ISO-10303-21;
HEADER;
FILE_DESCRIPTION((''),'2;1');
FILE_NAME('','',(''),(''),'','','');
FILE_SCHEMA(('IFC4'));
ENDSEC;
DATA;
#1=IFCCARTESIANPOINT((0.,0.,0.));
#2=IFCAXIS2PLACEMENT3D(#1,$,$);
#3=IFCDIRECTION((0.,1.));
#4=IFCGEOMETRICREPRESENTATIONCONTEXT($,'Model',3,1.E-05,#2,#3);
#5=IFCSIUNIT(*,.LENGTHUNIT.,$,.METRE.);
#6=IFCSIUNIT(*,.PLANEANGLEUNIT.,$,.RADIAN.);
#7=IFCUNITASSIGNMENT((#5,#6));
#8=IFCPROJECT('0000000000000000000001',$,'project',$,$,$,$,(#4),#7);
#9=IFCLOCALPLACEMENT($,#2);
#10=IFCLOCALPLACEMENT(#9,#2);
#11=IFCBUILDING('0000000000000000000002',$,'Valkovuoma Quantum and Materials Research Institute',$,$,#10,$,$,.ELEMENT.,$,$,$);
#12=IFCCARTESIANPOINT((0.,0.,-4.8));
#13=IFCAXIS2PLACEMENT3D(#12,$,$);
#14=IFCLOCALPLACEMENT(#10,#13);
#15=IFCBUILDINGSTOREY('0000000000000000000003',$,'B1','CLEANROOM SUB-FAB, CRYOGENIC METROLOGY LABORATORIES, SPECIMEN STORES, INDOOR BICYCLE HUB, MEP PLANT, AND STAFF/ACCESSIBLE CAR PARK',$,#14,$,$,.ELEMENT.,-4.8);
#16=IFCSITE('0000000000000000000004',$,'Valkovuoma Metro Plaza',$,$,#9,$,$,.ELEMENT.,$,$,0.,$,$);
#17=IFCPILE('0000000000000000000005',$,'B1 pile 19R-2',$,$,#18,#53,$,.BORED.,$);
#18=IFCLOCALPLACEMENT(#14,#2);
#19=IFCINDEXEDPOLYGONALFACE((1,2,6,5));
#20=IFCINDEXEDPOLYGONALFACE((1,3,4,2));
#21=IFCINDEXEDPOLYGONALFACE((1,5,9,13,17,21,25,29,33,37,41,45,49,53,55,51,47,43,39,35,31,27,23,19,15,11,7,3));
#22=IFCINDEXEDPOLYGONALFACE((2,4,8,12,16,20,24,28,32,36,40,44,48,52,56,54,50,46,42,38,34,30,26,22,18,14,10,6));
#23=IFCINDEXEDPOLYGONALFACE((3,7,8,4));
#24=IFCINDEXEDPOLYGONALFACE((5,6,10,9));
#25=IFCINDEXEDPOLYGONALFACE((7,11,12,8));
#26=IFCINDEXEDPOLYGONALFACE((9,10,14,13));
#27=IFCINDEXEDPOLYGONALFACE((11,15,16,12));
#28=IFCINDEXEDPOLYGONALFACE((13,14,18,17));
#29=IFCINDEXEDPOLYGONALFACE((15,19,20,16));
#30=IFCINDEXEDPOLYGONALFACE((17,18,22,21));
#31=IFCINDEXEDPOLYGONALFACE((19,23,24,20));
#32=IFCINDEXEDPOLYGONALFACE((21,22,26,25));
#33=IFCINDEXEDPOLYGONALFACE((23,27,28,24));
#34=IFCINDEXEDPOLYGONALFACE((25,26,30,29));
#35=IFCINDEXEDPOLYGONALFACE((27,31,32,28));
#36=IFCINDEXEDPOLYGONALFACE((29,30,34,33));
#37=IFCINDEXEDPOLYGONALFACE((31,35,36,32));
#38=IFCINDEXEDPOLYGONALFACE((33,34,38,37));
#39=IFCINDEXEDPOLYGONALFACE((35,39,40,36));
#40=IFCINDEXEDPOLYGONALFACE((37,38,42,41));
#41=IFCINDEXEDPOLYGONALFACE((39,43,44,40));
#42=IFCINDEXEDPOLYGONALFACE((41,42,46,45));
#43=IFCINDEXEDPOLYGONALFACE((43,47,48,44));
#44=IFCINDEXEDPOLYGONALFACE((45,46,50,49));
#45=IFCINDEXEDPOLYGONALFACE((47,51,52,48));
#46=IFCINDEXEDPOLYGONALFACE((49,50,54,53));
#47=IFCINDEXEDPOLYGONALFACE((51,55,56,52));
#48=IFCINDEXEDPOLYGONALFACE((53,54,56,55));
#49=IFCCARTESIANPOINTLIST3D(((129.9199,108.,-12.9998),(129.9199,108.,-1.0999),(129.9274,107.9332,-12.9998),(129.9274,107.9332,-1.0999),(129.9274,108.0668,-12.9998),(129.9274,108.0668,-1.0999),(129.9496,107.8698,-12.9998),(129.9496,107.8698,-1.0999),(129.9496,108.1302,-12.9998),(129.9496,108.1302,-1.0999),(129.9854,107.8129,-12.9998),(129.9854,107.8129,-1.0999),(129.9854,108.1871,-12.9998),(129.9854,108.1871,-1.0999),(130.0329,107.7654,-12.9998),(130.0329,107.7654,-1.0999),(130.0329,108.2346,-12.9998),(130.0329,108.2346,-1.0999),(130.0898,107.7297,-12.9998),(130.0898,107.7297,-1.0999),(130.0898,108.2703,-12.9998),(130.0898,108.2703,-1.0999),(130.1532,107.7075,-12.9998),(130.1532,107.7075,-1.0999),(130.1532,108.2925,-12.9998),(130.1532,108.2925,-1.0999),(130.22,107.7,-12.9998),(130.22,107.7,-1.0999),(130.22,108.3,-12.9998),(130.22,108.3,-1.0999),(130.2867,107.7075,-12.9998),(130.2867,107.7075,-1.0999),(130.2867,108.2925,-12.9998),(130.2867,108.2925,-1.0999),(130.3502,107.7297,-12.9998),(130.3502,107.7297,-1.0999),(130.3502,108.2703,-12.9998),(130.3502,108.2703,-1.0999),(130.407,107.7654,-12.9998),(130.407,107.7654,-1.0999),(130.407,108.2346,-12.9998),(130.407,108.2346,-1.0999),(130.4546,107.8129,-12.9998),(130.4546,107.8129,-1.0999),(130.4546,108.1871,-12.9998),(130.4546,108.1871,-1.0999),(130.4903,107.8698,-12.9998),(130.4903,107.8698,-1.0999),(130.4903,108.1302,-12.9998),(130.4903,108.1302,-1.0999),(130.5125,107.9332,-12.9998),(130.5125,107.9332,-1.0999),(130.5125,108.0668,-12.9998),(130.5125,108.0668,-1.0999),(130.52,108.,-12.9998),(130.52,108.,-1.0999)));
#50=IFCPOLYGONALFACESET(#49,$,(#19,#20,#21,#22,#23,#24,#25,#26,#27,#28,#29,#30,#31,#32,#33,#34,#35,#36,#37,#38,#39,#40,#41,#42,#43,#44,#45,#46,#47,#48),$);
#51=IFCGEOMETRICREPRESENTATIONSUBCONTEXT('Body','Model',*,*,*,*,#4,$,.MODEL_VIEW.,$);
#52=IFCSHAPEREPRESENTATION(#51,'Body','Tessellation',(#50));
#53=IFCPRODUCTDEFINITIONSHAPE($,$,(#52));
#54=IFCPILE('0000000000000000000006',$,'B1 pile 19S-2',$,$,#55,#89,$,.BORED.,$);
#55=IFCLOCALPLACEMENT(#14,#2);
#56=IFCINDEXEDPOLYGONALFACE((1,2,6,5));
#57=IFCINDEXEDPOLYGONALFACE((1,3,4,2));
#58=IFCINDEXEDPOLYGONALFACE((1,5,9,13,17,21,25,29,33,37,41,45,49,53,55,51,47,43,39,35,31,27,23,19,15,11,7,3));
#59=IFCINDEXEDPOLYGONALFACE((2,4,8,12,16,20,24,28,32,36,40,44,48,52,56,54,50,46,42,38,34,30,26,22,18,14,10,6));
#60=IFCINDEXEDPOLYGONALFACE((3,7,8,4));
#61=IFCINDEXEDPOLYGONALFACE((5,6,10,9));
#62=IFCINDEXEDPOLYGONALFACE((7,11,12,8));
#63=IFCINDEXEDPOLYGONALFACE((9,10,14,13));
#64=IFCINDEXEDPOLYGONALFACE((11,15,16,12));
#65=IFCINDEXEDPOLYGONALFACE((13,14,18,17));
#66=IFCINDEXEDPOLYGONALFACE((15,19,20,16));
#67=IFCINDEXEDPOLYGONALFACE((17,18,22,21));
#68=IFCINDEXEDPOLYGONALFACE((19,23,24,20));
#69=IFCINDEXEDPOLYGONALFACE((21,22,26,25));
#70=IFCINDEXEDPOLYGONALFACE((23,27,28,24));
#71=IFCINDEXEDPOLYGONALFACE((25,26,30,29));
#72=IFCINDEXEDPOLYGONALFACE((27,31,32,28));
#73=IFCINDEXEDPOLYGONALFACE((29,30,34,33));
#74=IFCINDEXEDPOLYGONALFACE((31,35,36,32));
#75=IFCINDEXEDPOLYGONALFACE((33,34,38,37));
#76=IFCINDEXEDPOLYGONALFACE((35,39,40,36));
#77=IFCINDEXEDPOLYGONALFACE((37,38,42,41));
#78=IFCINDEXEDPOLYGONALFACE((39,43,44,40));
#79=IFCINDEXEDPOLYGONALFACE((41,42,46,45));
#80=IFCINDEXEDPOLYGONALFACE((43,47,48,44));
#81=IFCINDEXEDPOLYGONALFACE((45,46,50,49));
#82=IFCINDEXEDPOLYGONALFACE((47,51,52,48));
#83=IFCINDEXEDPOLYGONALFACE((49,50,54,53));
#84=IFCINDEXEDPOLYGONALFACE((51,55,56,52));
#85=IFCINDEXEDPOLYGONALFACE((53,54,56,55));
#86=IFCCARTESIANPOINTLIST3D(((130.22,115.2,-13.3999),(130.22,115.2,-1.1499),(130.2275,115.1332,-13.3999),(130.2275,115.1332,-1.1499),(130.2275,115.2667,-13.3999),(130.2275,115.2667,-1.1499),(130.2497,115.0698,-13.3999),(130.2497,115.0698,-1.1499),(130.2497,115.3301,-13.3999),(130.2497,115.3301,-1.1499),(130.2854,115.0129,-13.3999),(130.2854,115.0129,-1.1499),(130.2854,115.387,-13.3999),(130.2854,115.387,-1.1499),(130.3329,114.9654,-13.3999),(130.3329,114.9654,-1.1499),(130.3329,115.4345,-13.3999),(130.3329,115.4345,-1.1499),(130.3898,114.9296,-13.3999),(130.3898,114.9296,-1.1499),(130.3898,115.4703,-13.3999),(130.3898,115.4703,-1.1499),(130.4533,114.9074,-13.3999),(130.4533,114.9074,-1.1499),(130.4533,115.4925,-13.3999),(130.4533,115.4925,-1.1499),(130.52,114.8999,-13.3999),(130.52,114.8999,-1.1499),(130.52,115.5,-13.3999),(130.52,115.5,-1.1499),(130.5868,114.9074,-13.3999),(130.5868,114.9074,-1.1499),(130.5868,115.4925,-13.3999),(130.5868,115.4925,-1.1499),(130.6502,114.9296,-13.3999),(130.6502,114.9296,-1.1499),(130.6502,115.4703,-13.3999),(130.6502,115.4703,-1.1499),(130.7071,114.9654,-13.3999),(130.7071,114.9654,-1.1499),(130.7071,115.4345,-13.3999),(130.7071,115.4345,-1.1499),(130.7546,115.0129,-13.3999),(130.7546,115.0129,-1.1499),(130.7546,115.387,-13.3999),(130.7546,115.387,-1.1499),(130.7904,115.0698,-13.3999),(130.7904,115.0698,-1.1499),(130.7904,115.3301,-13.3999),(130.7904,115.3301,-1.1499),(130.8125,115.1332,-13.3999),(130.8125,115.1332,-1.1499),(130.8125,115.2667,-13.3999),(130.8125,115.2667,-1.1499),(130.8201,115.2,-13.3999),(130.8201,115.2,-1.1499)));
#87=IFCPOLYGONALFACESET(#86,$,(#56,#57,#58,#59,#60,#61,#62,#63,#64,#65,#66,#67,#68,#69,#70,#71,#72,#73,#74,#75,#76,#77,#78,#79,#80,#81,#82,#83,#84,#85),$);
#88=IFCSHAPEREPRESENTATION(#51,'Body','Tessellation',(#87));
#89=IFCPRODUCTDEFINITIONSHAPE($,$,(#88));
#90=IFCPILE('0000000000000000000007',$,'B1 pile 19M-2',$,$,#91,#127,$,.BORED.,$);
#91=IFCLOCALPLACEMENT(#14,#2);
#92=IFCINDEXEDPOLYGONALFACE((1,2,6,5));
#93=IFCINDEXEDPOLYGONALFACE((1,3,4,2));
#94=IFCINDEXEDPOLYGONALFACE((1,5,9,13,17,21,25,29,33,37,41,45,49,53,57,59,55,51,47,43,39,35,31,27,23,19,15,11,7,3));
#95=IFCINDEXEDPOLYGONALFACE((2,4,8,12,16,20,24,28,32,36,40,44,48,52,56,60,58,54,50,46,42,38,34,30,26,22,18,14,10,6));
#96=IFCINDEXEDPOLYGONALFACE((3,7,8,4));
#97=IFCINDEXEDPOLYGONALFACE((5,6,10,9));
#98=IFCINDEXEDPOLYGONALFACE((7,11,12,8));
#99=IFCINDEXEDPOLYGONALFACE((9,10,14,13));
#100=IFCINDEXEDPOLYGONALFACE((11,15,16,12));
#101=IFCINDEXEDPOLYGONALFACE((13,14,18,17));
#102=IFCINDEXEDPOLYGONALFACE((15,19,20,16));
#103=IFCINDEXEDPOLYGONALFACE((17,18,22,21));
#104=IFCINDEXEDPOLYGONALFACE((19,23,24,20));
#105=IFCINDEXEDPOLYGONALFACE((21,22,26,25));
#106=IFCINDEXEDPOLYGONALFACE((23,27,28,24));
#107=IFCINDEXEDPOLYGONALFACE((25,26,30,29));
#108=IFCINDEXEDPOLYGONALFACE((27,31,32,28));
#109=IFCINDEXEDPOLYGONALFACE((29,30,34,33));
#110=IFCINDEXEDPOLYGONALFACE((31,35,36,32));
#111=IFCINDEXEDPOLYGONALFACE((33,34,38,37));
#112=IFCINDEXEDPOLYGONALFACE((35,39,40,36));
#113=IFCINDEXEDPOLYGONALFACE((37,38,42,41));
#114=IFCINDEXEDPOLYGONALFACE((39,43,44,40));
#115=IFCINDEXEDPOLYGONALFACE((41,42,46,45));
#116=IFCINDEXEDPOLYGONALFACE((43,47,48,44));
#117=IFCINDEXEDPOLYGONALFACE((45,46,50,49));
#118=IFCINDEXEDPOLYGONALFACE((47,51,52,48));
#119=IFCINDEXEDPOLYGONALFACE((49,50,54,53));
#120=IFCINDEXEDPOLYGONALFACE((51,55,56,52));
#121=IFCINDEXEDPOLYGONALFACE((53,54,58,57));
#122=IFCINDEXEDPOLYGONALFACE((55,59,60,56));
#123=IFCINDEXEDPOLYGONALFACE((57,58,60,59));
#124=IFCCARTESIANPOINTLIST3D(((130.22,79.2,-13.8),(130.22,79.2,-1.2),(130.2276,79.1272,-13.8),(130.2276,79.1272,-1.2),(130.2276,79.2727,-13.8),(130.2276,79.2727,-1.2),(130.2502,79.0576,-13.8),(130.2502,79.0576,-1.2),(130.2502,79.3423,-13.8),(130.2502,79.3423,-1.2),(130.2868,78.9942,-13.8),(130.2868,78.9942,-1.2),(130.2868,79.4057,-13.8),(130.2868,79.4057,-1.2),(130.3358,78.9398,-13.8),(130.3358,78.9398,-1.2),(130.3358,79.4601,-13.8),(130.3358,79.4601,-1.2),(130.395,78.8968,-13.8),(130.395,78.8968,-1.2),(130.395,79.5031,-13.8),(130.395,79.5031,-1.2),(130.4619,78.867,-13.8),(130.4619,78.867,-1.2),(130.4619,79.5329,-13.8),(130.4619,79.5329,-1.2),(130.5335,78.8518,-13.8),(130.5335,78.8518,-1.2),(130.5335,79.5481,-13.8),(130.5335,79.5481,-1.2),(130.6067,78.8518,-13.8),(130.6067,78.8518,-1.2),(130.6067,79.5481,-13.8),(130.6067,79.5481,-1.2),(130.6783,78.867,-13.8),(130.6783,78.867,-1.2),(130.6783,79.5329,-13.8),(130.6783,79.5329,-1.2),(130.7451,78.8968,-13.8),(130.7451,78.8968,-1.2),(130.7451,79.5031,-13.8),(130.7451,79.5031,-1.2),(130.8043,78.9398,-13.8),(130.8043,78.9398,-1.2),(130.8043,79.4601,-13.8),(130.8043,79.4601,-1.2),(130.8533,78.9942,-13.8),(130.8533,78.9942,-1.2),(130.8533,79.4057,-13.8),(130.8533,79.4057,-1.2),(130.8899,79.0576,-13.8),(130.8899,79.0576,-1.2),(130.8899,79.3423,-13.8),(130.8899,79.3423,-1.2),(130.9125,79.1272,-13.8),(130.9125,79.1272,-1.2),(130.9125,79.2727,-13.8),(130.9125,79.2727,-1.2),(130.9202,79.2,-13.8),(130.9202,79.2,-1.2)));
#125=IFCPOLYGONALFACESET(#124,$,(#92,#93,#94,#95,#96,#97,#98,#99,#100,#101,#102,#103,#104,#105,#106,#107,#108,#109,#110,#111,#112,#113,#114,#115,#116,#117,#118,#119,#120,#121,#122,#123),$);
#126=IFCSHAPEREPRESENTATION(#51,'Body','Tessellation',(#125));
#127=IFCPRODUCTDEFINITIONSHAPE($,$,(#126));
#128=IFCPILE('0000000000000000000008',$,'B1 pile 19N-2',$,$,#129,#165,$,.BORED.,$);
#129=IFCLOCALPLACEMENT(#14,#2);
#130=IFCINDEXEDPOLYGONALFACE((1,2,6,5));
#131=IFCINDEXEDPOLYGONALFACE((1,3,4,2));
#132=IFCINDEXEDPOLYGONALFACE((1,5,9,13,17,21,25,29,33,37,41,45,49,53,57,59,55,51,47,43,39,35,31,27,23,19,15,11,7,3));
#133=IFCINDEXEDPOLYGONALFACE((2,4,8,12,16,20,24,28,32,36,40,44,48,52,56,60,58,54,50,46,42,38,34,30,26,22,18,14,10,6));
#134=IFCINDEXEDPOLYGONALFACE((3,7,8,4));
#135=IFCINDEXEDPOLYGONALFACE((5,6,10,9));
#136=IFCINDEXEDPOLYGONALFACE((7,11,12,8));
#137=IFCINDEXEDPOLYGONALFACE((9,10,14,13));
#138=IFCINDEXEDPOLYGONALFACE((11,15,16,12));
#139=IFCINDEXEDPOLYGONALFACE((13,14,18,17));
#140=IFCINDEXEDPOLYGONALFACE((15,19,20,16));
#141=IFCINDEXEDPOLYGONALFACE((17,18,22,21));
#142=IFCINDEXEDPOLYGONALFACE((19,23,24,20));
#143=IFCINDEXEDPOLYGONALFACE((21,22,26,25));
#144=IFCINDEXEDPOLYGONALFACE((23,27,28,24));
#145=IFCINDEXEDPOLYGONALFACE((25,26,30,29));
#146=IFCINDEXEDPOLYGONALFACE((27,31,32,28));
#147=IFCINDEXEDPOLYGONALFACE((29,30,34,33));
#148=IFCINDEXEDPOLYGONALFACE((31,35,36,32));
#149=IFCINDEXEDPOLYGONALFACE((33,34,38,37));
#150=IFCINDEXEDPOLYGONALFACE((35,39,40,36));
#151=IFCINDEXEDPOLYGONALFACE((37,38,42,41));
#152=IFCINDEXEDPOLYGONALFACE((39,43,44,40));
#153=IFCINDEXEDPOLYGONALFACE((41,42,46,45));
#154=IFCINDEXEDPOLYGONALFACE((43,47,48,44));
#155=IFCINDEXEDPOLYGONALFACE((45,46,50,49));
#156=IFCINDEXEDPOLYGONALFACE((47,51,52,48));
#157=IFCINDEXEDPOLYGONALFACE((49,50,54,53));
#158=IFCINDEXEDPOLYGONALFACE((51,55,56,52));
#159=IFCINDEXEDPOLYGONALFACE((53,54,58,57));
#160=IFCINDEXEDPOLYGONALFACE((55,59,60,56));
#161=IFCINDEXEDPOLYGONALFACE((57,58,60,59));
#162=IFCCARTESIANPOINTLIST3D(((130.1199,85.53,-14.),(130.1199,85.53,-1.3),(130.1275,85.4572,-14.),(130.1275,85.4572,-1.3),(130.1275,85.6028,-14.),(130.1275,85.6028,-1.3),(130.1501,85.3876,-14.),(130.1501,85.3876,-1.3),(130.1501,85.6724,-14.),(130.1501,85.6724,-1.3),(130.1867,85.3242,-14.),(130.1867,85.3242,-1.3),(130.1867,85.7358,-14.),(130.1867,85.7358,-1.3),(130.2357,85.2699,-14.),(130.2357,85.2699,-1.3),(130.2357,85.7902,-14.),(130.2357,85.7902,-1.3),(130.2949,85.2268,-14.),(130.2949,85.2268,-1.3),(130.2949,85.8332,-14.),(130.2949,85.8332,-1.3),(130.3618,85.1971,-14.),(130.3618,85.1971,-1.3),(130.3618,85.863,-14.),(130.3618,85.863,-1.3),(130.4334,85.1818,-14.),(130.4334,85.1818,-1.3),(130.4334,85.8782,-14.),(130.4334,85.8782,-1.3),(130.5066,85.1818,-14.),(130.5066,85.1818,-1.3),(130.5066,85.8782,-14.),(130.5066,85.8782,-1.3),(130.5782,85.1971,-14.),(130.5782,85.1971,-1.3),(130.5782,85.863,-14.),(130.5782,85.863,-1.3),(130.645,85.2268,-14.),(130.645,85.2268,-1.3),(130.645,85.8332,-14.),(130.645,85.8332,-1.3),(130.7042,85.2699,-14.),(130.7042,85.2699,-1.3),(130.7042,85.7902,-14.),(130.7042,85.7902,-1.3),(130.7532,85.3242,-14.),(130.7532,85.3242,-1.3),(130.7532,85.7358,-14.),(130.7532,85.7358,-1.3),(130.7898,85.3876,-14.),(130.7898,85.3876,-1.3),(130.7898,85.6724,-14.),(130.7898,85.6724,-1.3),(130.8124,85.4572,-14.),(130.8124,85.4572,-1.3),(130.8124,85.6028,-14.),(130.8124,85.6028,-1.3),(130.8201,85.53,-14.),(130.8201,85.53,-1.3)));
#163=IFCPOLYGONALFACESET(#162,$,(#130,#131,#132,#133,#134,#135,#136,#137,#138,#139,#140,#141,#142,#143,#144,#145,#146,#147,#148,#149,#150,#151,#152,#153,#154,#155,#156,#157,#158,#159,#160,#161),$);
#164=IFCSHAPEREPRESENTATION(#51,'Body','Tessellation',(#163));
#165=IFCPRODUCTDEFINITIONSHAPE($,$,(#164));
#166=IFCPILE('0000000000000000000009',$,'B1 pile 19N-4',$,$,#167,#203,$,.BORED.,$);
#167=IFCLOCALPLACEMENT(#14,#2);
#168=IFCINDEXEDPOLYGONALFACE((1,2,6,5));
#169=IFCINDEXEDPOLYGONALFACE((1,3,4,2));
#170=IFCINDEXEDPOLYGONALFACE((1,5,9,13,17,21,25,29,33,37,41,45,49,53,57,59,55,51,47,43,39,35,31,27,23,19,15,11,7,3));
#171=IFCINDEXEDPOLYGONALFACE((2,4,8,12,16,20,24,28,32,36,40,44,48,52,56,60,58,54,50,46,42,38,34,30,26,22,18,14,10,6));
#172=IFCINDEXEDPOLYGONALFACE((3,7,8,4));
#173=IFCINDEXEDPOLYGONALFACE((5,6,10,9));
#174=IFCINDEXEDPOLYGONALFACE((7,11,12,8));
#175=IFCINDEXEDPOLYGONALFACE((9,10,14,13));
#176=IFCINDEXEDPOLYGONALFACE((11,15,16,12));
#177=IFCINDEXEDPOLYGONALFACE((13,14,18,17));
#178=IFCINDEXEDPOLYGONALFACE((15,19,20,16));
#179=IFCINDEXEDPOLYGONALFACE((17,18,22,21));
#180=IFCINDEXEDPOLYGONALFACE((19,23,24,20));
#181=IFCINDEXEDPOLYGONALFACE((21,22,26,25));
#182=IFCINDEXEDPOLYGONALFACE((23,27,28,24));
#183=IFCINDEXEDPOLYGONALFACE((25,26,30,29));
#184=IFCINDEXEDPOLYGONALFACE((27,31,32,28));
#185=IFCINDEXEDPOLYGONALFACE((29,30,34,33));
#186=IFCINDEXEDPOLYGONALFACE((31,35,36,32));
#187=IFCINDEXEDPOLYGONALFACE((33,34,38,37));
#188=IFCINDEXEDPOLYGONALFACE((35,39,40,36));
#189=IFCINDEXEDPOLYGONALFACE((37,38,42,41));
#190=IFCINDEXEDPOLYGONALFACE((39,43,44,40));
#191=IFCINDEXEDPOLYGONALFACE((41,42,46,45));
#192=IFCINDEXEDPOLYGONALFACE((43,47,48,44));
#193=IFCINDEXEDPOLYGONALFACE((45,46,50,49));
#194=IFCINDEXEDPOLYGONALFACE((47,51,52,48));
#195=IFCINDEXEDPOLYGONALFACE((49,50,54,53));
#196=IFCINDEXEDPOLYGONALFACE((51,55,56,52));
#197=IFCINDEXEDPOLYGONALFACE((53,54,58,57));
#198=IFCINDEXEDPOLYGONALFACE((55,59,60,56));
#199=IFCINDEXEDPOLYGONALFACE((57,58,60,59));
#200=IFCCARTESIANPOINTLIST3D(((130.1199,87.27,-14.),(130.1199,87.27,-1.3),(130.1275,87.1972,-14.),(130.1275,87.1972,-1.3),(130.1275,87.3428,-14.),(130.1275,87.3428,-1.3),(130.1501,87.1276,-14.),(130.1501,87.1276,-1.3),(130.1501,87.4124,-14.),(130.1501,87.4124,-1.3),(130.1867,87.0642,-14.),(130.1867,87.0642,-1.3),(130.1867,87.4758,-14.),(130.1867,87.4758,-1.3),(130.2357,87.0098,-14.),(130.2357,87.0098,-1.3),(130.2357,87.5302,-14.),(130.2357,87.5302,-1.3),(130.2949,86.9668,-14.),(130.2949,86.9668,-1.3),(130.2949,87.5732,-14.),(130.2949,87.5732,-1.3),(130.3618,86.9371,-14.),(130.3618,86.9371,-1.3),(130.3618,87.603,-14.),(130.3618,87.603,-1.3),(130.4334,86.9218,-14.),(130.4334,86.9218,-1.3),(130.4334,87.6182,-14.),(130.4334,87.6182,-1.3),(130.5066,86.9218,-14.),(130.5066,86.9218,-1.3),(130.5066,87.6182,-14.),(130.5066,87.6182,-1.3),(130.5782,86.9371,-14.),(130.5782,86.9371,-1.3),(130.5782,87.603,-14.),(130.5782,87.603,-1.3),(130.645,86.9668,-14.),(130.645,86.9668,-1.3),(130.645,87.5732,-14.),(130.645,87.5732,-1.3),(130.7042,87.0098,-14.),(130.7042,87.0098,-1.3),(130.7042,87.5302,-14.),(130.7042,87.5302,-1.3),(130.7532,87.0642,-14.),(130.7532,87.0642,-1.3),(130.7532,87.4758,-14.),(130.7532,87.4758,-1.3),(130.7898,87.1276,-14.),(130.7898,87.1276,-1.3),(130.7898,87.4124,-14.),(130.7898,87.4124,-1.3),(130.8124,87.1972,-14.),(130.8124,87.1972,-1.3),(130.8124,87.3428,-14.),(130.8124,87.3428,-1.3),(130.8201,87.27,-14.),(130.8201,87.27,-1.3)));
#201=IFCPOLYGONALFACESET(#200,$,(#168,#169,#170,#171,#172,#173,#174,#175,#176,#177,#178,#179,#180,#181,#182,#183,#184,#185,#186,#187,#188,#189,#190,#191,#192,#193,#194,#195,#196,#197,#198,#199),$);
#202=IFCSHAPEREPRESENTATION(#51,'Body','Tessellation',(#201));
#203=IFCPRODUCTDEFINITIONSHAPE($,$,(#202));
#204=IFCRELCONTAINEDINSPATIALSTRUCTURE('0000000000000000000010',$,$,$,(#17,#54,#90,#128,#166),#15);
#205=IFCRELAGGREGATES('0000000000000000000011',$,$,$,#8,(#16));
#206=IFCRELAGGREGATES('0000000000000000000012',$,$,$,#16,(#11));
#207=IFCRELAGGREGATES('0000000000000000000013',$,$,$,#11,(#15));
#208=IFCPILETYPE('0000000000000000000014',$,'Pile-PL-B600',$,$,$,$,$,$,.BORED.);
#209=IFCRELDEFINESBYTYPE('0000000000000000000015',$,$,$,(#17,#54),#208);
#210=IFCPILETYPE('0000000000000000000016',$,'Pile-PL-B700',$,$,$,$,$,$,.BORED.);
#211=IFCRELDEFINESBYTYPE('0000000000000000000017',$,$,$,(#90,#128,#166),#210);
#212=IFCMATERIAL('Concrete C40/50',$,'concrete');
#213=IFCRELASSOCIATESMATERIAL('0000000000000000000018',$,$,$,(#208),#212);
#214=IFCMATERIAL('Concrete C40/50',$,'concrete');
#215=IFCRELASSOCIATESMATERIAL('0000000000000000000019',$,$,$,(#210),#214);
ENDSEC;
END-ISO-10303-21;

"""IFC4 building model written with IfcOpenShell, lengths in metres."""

from ifc_helpers import new_model, si_unit, direction, frame, origin, origin_2d, place, context, subcontext, project, spatial, circle, extrude, material, material_profile, profile_set, type_object, element, save


model = new_model("IFC4")

# Units and contexts
model_context = context("Model", 3, precision=1e-05, world=origin(), true_north=direction((0.0, 1.0)))
body_context = subcontext(model_context, "Body", "Model", "MODEL_VIEW")
ifc_project = project(units=[si_unit("LENGTHUNIT", "METRE"), si_unit("PLANEANGLEUNIT", "RADIAN")], contexts=[model_context])

# Site, building, storey
site_placement = place(None, origin())
site = spatial("IfcSite", under=ifc_project, at=site_placement, Name="Valkovuoma Metro Plaza", CompositionType="ELEMENT", RefElevation=0.0)
building_placement = place(site_placement, origin())
building = spatial("IfcBuilding", under=site, at=building_placement, Name="Valkovuoma Quantum and Materials Research Institute", CompositionType="ELEMENT")
storey_placement = place(building_placement, frame((0.0, 0.0, -4.8)))
storey = spatial("IfcBuildingStorey", under=building, at=storey_placement, Name="B1", Description="CLEANROOM SUB-FAB, CRYOGENIC METROLOGY LABORATORIES, SPECIMEN STORES, INDOOR BICYCLE HUB, MEP PLANT, AND STAFF/ACCESSIBLE CAR PARK", CompositionType="ELEMENT", Elevation=-4.8)

# Piles
ifc_material_1 = material(Name="Concrete C40/50", Category="concrete")
ifc_material_profile_1 = material_profile(ifc_material_1, circle(Radius=0.3, at=origin_2d()), Name="Concrete C40/50")
ifc_profile_set_1 = profile_set([ifc_material_profile_1], Name="Concrete C40/50")
pile_type_1 = type_object("IfcPileType", Name="Pile-PL-B600", PredefinedType="BORED", material=ifc_profile_set_1)
pile_1_placement = place(storey_placement, frame((130.22, 108.0, -1.0999), z_axis=(0.0, 0.0, -1.0), x_axis=(1.0, 0.0, 0.0)))
element("IfcPile", 1, at=pile_1_placement, inside=storey, type_object=pile_type_1, Name="B1 pile 19R-2", PredefinedType="BORED", context=body_context, shape_type="SweptSolid", body=[
    extrude(circle(Radius=0.3, at=origin_2d()), origin(), (0.0, 0.0, 1.0), 11.8999),
])
pile_2_placement = place(storey_placement, frame((130.52, 115.2, -1.1499), z_axis=(0.0, 0.0, -1.0), x_axis=(1.0, 0.0, 0.0)))
element("IfcPile", 2, at=pile_2_placement, inside=storey, type_object=pile_type_1, Name="B1 pile 19S-2", PredefinedType="BORED", context=body_context, shape_type="SweptSolid", body=[
    extrude(circle(Radius=0.3, at=origin_2d()), origin(), (0.0, 0.0, 1.0), 12.25),
])
ifc_material_2 = material(Name="Concrete C40/50", Category="concrete")
ifc_material_profile_2 = material_profile(ifc_material_2, circle(Radius=0.3501, at=origin_2d()), Name="Concrete C40/50")
ifc_profile_set_2 = profile_set([ifc_material_profile_2], Name="Concrete C40/50")
pile_type_2 = type_object("IfcPileType", Name="Pile-PL-B700", PredefinedType="BORED", material=ifc_profile_set_2)
pile_3_placement = place(storey_placement, frame((130.5701, 79.2, -1.2), z_axis=(0.0, 0.0, -1.0), x_axis=(1.0, 0.0, 0.0)))
element("IfcPile", 3, at=pile_3_placement, inside=storey, type_object=pile_type_2, Name="B1 pile 19M-2", PredefinedType="BORED", context=body_context, shape_type="SweptSolid", body=[
    extrude(circle(Radius=0.3501, at=origin_2d()), origin(), (0.0, 0.0, 1.0), 12.6001),
])
for number, where, z_axis, x_axis, name in (
    (4, (130.47, 85.53, -1.3), (0.0, 0.0, -1.0), (1.0, 0.0, 0.0), "B1 pile 19N-2"),
    (5, (130.47, 87.27, -1.3), (0.0, 0.0, -1.0), (1.0, 0.0, 0.0), "B1 pile 19N-4"),
):
    element("IfcPile", number, at=place(storey_placement, frame(where, z_axis=z_axis, x_axis=x_axis)), inside=storey, type_object=pile_type_2, Name=name, PredefinedType="BORED", context=body_context, shape_type="SweptSolid", body=[
        extrude(circle(Radius=0.3501, at=origin_2d()), origin(), (0.0, 0.0, 1.0), 12.7),
    ])

save(model, "model.ifc")
